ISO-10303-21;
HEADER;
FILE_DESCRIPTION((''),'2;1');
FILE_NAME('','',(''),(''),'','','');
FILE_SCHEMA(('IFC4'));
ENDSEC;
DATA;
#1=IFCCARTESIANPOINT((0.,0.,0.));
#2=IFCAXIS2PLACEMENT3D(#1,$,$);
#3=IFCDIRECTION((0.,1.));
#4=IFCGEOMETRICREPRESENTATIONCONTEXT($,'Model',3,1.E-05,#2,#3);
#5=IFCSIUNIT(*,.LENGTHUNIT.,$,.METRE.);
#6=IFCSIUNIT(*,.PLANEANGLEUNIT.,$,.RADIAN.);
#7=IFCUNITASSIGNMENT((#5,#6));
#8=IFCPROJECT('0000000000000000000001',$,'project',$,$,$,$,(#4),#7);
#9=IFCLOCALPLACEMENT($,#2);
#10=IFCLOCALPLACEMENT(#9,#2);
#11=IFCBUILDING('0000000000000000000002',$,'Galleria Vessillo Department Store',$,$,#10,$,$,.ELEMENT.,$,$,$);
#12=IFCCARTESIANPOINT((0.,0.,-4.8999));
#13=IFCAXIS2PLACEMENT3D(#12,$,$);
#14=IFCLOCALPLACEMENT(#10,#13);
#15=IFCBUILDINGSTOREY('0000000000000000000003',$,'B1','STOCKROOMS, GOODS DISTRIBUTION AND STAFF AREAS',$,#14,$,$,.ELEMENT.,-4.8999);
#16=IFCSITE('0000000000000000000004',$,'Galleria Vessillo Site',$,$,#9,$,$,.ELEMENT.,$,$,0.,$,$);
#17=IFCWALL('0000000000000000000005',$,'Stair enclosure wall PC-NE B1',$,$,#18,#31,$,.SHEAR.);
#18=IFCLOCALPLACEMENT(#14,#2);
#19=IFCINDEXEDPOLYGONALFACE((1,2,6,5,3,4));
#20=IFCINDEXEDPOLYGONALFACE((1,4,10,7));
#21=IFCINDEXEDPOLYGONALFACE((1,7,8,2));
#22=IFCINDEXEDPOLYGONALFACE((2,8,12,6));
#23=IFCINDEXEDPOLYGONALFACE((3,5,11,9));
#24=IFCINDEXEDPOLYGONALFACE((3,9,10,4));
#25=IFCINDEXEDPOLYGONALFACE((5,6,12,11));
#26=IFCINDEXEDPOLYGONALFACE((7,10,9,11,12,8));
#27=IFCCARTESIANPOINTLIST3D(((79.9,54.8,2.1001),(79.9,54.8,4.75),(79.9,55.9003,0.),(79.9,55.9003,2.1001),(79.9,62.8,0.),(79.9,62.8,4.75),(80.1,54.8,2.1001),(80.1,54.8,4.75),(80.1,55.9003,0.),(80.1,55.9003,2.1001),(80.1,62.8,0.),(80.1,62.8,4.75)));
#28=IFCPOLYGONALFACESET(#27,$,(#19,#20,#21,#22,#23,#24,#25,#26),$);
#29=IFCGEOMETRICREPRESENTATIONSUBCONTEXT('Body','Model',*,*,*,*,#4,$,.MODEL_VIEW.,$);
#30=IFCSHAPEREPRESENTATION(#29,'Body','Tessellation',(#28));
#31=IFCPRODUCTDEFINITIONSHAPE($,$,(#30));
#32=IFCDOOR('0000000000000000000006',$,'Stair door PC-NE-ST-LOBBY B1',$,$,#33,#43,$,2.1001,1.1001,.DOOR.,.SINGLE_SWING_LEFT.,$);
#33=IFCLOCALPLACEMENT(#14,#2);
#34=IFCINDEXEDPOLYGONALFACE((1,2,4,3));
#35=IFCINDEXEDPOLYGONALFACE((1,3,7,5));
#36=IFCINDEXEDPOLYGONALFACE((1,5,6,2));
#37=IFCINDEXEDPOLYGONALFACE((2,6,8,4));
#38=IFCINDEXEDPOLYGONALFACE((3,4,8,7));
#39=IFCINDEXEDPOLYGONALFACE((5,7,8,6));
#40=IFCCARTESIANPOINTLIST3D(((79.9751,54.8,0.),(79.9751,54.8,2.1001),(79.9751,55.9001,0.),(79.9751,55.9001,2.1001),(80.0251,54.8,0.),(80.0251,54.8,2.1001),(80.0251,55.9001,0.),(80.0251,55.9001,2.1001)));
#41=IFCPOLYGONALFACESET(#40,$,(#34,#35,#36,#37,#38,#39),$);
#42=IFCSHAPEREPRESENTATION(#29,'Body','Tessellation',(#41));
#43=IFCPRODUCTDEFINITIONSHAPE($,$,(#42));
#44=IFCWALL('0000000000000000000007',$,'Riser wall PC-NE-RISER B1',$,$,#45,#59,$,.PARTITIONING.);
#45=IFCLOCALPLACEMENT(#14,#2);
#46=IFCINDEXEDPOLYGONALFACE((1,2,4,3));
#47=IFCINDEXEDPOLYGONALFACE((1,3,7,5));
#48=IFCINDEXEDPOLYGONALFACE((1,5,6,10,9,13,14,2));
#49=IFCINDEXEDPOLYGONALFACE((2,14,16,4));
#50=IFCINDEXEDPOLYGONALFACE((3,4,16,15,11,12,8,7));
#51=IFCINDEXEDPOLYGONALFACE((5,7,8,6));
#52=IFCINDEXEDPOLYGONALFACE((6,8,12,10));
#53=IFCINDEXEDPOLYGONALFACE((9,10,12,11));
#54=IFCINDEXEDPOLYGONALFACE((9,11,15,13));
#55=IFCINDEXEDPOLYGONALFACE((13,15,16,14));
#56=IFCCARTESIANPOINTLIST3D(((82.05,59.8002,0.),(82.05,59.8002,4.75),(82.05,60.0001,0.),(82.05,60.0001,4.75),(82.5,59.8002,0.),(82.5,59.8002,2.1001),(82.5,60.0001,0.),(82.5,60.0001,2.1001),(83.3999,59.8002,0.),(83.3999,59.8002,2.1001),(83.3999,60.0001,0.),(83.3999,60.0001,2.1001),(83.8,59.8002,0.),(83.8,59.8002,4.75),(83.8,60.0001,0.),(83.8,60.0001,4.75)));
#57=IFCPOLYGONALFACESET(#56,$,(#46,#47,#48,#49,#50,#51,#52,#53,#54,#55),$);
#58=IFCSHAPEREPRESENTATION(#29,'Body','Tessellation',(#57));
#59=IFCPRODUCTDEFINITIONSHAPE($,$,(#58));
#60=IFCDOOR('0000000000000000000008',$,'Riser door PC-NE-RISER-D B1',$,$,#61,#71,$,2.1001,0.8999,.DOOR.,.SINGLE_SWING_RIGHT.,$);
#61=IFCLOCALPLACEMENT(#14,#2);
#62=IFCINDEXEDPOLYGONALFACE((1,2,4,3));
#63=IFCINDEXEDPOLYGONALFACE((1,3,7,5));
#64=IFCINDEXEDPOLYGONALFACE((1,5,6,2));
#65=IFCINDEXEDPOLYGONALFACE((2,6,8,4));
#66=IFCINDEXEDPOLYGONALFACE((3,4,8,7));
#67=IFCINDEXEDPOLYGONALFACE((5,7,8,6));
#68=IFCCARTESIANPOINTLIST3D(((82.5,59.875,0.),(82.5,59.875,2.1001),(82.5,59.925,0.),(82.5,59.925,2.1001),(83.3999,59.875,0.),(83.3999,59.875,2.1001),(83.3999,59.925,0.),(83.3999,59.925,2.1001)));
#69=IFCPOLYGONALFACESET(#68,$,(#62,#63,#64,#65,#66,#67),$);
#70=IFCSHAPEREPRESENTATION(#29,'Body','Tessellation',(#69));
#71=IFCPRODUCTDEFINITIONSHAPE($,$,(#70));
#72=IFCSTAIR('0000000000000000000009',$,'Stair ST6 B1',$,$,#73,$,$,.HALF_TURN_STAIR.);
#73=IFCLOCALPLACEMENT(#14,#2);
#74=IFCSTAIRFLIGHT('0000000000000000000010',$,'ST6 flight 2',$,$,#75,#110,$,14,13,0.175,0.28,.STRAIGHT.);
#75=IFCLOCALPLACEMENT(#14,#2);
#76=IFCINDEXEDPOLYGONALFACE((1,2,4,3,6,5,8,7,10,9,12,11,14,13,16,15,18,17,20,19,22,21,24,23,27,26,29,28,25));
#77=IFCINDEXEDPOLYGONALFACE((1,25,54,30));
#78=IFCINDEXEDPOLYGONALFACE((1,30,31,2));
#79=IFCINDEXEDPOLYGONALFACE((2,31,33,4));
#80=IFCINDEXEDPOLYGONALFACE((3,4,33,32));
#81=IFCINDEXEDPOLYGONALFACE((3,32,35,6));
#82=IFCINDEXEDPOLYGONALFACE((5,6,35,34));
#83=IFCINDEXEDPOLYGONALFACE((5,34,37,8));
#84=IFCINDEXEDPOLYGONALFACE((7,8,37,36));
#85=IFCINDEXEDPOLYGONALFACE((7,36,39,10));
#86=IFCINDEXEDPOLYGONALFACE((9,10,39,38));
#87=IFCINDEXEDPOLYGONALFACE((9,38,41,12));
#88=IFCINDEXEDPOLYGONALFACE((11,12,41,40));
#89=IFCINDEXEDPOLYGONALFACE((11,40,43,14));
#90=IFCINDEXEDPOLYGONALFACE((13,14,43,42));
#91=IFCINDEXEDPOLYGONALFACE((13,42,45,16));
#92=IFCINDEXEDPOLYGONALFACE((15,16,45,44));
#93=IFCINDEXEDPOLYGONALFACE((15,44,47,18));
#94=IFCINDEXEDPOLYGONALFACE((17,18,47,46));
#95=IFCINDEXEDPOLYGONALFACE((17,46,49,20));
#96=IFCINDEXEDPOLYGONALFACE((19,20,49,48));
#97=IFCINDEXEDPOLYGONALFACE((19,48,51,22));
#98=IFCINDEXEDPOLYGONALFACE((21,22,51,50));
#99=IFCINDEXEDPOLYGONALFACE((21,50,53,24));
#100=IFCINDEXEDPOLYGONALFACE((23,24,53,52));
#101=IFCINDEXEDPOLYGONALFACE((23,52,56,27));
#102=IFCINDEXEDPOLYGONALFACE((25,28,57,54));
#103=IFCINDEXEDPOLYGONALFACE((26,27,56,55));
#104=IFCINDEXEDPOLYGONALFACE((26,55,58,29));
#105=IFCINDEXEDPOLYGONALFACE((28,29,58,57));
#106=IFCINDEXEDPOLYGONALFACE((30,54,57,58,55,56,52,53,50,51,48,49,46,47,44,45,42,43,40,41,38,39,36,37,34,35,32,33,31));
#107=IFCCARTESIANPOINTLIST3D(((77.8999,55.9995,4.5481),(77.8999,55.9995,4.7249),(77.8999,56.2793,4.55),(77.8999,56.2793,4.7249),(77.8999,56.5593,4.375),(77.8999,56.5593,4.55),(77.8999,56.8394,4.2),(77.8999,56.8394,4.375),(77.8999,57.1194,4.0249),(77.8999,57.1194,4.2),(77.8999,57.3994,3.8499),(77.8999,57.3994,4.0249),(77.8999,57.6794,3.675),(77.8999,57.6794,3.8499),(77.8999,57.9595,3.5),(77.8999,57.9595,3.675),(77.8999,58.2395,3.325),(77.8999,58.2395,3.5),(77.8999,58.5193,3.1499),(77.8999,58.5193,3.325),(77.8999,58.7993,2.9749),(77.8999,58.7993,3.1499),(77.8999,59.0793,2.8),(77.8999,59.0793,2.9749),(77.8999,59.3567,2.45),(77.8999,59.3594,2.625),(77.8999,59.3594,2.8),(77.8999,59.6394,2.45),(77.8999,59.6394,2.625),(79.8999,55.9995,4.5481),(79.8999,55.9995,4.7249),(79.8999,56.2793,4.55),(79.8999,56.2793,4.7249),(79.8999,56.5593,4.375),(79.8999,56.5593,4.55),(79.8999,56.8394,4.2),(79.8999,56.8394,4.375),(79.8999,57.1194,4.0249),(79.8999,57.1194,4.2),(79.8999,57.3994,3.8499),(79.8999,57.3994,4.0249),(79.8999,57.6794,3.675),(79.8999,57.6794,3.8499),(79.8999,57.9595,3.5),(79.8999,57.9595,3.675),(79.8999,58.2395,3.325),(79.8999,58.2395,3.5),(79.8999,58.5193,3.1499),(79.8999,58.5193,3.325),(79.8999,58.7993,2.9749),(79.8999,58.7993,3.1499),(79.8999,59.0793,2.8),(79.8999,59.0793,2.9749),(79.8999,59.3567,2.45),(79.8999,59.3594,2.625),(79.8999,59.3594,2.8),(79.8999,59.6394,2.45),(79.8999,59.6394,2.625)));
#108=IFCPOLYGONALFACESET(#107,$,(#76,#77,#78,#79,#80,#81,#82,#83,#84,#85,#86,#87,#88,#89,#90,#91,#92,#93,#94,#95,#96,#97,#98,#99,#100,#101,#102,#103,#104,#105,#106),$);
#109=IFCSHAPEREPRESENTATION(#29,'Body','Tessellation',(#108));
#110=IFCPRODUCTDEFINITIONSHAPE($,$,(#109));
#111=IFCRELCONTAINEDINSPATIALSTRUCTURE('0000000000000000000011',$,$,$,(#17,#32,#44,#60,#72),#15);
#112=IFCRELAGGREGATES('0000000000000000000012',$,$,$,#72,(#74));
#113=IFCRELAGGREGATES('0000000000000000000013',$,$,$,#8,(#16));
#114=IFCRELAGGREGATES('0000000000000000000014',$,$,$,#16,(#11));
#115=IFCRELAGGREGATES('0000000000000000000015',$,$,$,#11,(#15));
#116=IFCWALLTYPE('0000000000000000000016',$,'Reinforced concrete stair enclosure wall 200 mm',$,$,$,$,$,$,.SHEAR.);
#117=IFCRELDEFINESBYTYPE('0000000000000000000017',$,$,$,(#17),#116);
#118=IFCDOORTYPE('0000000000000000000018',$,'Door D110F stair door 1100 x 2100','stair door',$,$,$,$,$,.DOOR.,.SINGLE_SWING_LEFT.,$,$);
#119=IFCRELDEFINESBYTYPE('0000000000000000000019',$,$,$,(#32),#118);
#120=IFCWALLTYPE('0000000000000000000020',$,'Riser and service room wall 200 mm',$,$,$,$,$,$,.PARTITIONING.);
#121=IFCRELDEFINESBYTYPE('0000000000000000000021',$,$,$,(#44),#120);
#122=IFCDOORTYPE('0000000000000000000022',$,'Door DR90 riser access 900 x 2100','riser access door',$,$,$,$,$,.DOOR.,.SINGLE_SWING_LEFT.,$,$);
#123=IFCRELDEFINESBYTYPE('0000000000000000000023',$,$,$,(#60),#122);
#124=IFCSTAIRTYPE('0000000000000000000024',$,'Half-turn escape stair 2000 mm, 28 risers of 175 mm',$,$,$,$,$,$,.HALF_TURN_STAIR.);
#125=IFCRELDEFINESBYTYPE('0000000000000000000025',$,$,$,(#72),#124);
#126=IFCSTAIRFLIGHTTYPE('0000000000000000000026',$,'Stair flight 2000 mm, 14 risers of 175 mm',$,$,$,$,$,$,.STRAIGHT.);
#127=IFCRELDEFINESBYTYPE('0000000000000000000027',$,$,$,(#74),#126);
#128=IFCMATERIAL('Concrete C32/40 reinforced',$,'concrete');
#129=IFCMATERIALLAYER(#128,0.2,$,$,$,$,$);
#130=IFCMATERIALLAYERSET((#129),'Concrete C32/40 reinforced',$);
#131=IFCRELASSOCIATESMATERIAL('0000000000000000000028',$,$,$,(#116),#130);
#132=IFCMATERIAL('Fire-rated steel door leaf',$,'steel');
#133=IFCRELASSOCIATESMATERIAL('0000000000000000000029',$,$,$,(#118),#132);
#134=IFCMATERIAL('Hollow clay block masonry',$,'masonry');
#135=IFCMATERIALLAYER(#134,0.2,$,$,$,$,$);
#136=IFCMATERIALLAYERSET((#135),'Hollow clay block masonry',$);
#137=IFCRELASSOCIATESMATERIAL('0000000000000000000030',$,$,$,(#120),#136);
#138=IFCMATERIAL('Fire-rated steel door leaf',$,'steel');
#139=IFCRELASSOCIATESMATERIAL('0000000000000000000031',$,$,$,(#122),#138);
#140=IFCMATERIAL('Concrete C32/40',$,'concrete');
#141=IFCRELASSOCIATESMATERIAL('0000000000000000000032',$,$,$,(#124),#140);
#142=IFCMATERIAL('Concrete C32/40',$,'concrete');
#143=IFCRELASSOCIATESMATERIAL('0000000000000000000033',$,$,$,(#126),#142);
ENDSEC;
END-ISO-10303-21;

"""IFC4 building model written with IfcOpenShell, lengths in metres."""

from ifc_helpers import new_model, si_unit, direction, frame, frame_2d, origin, place, context, subcontext, project, spatial, polyline, rectangle, outline, extrude, material, layer, layer_set, type_object, element, fill, aggregate, save


model = new_model("IFC4")

# Units and contexts
model_context = context("Model", 3, precision=1e-05, world=origin(), true_north=direction((0.0, 1.0)))
body_context = subcontext(model_context, "Body", "Model", "MODEL_VIEW")
ifc_project = project(units=[si_unit("LENGTHUNIT", "METRE"), si_unit("PLANEANGLEUNIT", "RADIAN")], contexts=[model_context])

# Site, building, storey
site_placement = place(None, origin())
site = spatial("IfcSite", under=ifc_project, at=site_placement, Name="Galleria Vessillo Site", CompositionType="ELEMENT", RefElevation=0.0)
building_placement = place(site_placement, origin())
building = spatial("IfcBuilding", under=site, at=building_placement, Name="Galleria Vessillo Department Store", CompositionType="ELEMENT")
storey_placement = place(building_placement, frame((0.0, 0.0, -4.8999)))
storey = spatial("IfcBuildingStorey", under=building, at=storey_placement, Name="B1", Description="STOCKROOMS, GOODS DISTRIBUTION AND STAFF AREAS", CompositionType="ELEMENT", Elevation=-4.8999)

# Walls, openings, doors
ifc_material_1 = material(Name="Concrete C32/40 reinforced", Category="concrete")
ifc_layer_1 = layer(ifc_material_1, 0.2)
ifc_layer_set_1 = layer_set([ifc_layer_1], Name="Concrete C32/40 reinforced")
wall_type_1 = type_object("IfcWallType", Name="Reinforced concrete stair enclosure wall 200 mm", PredefinedType="SHEAR", material=ifc_layer_set_1)
wall_1_placement = place(storey_placement, frame((80.0, 62.8, 0.0), z_axis=(0.0, 0.0, 1.0), x_axis=(0.0, -1.0, 0.0)))
wall_1 = element("IfcWall", 1, at=wall_1_placement, inside=storey, type_object=wall_type_1, Name="Stair enclosure wall PC-NE B1", PredefinedType="SHEAR", context=body_context, shape_type="SweptSolid", body=[
    extrude(rectangle(XDim=8.0, YDim=0.2, at=frame_2d((4.0, 0.0))), origin(), (0.0, 0.0, 1.0), 4.75),
])
opening_1_placement = place(wall_1_placement, frame((6.8999, 0.0, 0.0)))
opening_1 = element("IfcOpeningElement", 2, at=opening_1_placement, cuts=wall_1, PredefinedType="OPENING", context=body_context, shape_type="SweptSolid", body=[
    extrude(rectangle(XDim=1.1101, YDim=2.1001, at=frame_2d((0.5549, 1.05))), frame((0.0, 0.1099, 0.0), z_axis=(0.0, -1.0, 0.0), x_axis=(1.0, 0.0, 0.0)), (0.0, 0.0, 1.0), 0.22),
])
ifc_material_2 = material(Name="Fire-rated steel door leaf", Category="steel")
door_type_1 = type_object("IfcDoorType", Name="Door D110F stair door 1100 x 2100", Description="stair door", OperationType="SINGLE_SWING_LEFT", PredefinedType="DOOR", material=ifc_material_2)
door_1_placement = place(opening_1_placement, frame((1.1001, 0.0, 0.0), z_axis=(0.0, 0.0, 1.0), x_axis=(-1.0, 0.0, 0.0)))
door_1 = element("IfcDoor", 3, at=door_1_placement, inside=storey, type_object=door_type_1, Name="Stair door PC-NE-ST-LOBBY B1", OperationType="SINGLE_SWING_LEFT", OverallHeight=2.1001, OverallWidth=1.1001, PredefinedType="DOOR", context=body_context, shape_type="SweptSolid", body=[
    extrude(rectangle(XDim=1.1001, YDim=2.1001, at=frame_2d((0.55, 1.05))), frame((0.0, 0.0249, 0.0), z_axis=(0.0, -1.0, 0.0), x_axis=(1.0, 0.0, 0.0)), (0.0, 0.0, 1.0), 0.05),
])
fill(opening_1, door_1)
ifc_material_3 = material(Name="Hollow clay block masonry", Category="masonry")
ifc_layer_2 = layer(ifc_material_3, 0.2)
ifc_layer_set_2 = layer_set([ifc_layer_2], Name="Hollow clay block masonry")
wall_type_2 = type_object("IfcWallType", Name="Riser and service room wall 200 mm", PredefinedType="PARTITIONING", material=ifc_layer_set_2)
wall_2_placement = place(storey_placement, frame((82.05, 59.9001, 0.0), z_axis=(0.0, 0.0, 1.0), x_axis=(1.0, 0.0, 0.0)))
wall_2 = element("IfcWall", 4, at=wall_2_placement, inside=storey, type_object=wall_type_2, Name="Riser wall PC-NE-RISER B1", PredefinedType="PARTITIONING", context=body_context, shape_type="SweptSolid", body=[
    extrude(rectangle(XDim=1.75, YDim=0.2, at=frame_2d((0.875, 0.0))), origin(), (0.0, 0.0, 1.0), 4.75),
])
opening_2_placement = place(wall_2_placement, frame((0.45, 0.0, 0.0)))
opening_2 = element("IfcOpeningElement", 5, at=opening_2_placement, cuts=wall_2, PredefinedType="OPENING", context=body_context, shape_type="SweptSolid", body=[
    extrude(rectangle(XDim=0.8999, YDim=2.1001, at=frame_2d((0.45, 1.05))), frame((0.0, 0.1099, 0.0), z_axis=(0.0, -1.0, 0.0), x_axis=(1.0, 0.0, 0.0)), (0.0, 0.0, 1.0), 0.22),
])
ifc_material_4 = material(Name="Fire-rated steel door leaf", Category="steel")
door_type_2 = type_object("IfcDoorType", Name="Door DR90 riser access 900 x 2100", Description="riser access door", OperationType="SINGLE_SWING_LEFT", PredefinedType="DOOR", material=ifc_material_4)
door_2_placement = place(opening_2_placement, origin())
door_2 = element("IfcDoor", 6, at=door_2_placement, inside=storey, type_object=door_type_2, Name="Riser door PC-NE-RISER-D B1", OperationType="SINGLE_SWING_RIGHT", OverallHeight=2.1001, OverallWidth=0.8999, PredefinedType="DOOR", context=body_context, shape_type="SweptSolid", body=[
    extrude(rectangle(XDim=0.8999, YDim=2.1001, at=frame_2d((0.45, 1.05))), frame((0.0, 0.0249, 0.0), z_axis=(0.0, -1.0, 0.0), x_axis=(1.0, 0.0, 0.0)), (0.0, 0.0, 1.0), 0.05),
])
fill(opening_2, door_2)

# Stair, stair flight
ifc_material_5 = material(Name="Concrete C32/40", Category="concrete")
stair_type = type_object("IfcStairType", Name="Half-turn escape stair 2000 mm, 28 risers of 175 mm", PredefinedType="HALF_TURN_STAIR", material=ifc_material_5)
stair_placement = place(storey_placement, origin())
stair = element("IfcStair", 7, at=stair_placement, inside=storey, type_object=stair_type, Name="Stair ST6 B1", PredefinedType="HALF_TURN_STAIR")
ifc_material_6 = material(Name="Concrete C32/40", Category="concrete")
stair_flight_type = type_object("IfcStairFlightType", Name="Stair flight 2000 mm, 14 risers of 175 mm", PredefinedType="STRAIGHT", material=ifc_material_6)
stair_flight_placement = place(storey_placement, frame((78.8999, 59.6394, 2.45), z_axis=(0.0, 0.0, 1.0), x_axis=(0.0, -1.0, 0.0)))
stair_flight = element("IfcStairFlight", 8, at=stair_flight_placement, type_object=stair_flight_type, Name="ST6 flight 2", NumberOfRisers=14, NumberOfTreads=13, PredefinedType="STRAIGHT", RiserHeight=0.175, TreadLength=0.28, context=body_context, shape_type="SweptSolid", body=[
    extrude(outline(polyline([(0.0, 0.0), (0.0, 0.175), (0.28, 0.175), (0.28, 0.3501), (0.5601, 0.3501), (0.5601, 0.5249), (0.8401, 0.5249), (0.8401, 0.7), (1.1201, 0.7), (1.1201, 0.875), (1.3999, 0.875), (1.3999, 1.05), (1.6799, 1.05), (1.6799, 1.2251), (1.96, 1.2251), (1.96, 1.3999), (2.24, 1.3999), (2.24, 1.575), (2.52, 1.575), (2.52, 1.75), (2.8, 1.75), (2.8, 1.925), (3.0801, 1.925), (3.0801, 2.1001), (3.3601, 2.1001), (3.3601, 2.2749), (3.6399, 2.2749), (3.6399, 2.45), (3.6399, 2.0981), (0.2827, 0.0), (0.0, 0.0)])), frame((0.0, 1.0, 0.0), z_axis=(0.0, -1.0, 0.0), x_axis=(1.0, 0.0, 0.0)), (0.0, 0.0, 1.0), 2.0),
])
aggregate(stair, [stair_flight])

save(model, "model.ifc")
